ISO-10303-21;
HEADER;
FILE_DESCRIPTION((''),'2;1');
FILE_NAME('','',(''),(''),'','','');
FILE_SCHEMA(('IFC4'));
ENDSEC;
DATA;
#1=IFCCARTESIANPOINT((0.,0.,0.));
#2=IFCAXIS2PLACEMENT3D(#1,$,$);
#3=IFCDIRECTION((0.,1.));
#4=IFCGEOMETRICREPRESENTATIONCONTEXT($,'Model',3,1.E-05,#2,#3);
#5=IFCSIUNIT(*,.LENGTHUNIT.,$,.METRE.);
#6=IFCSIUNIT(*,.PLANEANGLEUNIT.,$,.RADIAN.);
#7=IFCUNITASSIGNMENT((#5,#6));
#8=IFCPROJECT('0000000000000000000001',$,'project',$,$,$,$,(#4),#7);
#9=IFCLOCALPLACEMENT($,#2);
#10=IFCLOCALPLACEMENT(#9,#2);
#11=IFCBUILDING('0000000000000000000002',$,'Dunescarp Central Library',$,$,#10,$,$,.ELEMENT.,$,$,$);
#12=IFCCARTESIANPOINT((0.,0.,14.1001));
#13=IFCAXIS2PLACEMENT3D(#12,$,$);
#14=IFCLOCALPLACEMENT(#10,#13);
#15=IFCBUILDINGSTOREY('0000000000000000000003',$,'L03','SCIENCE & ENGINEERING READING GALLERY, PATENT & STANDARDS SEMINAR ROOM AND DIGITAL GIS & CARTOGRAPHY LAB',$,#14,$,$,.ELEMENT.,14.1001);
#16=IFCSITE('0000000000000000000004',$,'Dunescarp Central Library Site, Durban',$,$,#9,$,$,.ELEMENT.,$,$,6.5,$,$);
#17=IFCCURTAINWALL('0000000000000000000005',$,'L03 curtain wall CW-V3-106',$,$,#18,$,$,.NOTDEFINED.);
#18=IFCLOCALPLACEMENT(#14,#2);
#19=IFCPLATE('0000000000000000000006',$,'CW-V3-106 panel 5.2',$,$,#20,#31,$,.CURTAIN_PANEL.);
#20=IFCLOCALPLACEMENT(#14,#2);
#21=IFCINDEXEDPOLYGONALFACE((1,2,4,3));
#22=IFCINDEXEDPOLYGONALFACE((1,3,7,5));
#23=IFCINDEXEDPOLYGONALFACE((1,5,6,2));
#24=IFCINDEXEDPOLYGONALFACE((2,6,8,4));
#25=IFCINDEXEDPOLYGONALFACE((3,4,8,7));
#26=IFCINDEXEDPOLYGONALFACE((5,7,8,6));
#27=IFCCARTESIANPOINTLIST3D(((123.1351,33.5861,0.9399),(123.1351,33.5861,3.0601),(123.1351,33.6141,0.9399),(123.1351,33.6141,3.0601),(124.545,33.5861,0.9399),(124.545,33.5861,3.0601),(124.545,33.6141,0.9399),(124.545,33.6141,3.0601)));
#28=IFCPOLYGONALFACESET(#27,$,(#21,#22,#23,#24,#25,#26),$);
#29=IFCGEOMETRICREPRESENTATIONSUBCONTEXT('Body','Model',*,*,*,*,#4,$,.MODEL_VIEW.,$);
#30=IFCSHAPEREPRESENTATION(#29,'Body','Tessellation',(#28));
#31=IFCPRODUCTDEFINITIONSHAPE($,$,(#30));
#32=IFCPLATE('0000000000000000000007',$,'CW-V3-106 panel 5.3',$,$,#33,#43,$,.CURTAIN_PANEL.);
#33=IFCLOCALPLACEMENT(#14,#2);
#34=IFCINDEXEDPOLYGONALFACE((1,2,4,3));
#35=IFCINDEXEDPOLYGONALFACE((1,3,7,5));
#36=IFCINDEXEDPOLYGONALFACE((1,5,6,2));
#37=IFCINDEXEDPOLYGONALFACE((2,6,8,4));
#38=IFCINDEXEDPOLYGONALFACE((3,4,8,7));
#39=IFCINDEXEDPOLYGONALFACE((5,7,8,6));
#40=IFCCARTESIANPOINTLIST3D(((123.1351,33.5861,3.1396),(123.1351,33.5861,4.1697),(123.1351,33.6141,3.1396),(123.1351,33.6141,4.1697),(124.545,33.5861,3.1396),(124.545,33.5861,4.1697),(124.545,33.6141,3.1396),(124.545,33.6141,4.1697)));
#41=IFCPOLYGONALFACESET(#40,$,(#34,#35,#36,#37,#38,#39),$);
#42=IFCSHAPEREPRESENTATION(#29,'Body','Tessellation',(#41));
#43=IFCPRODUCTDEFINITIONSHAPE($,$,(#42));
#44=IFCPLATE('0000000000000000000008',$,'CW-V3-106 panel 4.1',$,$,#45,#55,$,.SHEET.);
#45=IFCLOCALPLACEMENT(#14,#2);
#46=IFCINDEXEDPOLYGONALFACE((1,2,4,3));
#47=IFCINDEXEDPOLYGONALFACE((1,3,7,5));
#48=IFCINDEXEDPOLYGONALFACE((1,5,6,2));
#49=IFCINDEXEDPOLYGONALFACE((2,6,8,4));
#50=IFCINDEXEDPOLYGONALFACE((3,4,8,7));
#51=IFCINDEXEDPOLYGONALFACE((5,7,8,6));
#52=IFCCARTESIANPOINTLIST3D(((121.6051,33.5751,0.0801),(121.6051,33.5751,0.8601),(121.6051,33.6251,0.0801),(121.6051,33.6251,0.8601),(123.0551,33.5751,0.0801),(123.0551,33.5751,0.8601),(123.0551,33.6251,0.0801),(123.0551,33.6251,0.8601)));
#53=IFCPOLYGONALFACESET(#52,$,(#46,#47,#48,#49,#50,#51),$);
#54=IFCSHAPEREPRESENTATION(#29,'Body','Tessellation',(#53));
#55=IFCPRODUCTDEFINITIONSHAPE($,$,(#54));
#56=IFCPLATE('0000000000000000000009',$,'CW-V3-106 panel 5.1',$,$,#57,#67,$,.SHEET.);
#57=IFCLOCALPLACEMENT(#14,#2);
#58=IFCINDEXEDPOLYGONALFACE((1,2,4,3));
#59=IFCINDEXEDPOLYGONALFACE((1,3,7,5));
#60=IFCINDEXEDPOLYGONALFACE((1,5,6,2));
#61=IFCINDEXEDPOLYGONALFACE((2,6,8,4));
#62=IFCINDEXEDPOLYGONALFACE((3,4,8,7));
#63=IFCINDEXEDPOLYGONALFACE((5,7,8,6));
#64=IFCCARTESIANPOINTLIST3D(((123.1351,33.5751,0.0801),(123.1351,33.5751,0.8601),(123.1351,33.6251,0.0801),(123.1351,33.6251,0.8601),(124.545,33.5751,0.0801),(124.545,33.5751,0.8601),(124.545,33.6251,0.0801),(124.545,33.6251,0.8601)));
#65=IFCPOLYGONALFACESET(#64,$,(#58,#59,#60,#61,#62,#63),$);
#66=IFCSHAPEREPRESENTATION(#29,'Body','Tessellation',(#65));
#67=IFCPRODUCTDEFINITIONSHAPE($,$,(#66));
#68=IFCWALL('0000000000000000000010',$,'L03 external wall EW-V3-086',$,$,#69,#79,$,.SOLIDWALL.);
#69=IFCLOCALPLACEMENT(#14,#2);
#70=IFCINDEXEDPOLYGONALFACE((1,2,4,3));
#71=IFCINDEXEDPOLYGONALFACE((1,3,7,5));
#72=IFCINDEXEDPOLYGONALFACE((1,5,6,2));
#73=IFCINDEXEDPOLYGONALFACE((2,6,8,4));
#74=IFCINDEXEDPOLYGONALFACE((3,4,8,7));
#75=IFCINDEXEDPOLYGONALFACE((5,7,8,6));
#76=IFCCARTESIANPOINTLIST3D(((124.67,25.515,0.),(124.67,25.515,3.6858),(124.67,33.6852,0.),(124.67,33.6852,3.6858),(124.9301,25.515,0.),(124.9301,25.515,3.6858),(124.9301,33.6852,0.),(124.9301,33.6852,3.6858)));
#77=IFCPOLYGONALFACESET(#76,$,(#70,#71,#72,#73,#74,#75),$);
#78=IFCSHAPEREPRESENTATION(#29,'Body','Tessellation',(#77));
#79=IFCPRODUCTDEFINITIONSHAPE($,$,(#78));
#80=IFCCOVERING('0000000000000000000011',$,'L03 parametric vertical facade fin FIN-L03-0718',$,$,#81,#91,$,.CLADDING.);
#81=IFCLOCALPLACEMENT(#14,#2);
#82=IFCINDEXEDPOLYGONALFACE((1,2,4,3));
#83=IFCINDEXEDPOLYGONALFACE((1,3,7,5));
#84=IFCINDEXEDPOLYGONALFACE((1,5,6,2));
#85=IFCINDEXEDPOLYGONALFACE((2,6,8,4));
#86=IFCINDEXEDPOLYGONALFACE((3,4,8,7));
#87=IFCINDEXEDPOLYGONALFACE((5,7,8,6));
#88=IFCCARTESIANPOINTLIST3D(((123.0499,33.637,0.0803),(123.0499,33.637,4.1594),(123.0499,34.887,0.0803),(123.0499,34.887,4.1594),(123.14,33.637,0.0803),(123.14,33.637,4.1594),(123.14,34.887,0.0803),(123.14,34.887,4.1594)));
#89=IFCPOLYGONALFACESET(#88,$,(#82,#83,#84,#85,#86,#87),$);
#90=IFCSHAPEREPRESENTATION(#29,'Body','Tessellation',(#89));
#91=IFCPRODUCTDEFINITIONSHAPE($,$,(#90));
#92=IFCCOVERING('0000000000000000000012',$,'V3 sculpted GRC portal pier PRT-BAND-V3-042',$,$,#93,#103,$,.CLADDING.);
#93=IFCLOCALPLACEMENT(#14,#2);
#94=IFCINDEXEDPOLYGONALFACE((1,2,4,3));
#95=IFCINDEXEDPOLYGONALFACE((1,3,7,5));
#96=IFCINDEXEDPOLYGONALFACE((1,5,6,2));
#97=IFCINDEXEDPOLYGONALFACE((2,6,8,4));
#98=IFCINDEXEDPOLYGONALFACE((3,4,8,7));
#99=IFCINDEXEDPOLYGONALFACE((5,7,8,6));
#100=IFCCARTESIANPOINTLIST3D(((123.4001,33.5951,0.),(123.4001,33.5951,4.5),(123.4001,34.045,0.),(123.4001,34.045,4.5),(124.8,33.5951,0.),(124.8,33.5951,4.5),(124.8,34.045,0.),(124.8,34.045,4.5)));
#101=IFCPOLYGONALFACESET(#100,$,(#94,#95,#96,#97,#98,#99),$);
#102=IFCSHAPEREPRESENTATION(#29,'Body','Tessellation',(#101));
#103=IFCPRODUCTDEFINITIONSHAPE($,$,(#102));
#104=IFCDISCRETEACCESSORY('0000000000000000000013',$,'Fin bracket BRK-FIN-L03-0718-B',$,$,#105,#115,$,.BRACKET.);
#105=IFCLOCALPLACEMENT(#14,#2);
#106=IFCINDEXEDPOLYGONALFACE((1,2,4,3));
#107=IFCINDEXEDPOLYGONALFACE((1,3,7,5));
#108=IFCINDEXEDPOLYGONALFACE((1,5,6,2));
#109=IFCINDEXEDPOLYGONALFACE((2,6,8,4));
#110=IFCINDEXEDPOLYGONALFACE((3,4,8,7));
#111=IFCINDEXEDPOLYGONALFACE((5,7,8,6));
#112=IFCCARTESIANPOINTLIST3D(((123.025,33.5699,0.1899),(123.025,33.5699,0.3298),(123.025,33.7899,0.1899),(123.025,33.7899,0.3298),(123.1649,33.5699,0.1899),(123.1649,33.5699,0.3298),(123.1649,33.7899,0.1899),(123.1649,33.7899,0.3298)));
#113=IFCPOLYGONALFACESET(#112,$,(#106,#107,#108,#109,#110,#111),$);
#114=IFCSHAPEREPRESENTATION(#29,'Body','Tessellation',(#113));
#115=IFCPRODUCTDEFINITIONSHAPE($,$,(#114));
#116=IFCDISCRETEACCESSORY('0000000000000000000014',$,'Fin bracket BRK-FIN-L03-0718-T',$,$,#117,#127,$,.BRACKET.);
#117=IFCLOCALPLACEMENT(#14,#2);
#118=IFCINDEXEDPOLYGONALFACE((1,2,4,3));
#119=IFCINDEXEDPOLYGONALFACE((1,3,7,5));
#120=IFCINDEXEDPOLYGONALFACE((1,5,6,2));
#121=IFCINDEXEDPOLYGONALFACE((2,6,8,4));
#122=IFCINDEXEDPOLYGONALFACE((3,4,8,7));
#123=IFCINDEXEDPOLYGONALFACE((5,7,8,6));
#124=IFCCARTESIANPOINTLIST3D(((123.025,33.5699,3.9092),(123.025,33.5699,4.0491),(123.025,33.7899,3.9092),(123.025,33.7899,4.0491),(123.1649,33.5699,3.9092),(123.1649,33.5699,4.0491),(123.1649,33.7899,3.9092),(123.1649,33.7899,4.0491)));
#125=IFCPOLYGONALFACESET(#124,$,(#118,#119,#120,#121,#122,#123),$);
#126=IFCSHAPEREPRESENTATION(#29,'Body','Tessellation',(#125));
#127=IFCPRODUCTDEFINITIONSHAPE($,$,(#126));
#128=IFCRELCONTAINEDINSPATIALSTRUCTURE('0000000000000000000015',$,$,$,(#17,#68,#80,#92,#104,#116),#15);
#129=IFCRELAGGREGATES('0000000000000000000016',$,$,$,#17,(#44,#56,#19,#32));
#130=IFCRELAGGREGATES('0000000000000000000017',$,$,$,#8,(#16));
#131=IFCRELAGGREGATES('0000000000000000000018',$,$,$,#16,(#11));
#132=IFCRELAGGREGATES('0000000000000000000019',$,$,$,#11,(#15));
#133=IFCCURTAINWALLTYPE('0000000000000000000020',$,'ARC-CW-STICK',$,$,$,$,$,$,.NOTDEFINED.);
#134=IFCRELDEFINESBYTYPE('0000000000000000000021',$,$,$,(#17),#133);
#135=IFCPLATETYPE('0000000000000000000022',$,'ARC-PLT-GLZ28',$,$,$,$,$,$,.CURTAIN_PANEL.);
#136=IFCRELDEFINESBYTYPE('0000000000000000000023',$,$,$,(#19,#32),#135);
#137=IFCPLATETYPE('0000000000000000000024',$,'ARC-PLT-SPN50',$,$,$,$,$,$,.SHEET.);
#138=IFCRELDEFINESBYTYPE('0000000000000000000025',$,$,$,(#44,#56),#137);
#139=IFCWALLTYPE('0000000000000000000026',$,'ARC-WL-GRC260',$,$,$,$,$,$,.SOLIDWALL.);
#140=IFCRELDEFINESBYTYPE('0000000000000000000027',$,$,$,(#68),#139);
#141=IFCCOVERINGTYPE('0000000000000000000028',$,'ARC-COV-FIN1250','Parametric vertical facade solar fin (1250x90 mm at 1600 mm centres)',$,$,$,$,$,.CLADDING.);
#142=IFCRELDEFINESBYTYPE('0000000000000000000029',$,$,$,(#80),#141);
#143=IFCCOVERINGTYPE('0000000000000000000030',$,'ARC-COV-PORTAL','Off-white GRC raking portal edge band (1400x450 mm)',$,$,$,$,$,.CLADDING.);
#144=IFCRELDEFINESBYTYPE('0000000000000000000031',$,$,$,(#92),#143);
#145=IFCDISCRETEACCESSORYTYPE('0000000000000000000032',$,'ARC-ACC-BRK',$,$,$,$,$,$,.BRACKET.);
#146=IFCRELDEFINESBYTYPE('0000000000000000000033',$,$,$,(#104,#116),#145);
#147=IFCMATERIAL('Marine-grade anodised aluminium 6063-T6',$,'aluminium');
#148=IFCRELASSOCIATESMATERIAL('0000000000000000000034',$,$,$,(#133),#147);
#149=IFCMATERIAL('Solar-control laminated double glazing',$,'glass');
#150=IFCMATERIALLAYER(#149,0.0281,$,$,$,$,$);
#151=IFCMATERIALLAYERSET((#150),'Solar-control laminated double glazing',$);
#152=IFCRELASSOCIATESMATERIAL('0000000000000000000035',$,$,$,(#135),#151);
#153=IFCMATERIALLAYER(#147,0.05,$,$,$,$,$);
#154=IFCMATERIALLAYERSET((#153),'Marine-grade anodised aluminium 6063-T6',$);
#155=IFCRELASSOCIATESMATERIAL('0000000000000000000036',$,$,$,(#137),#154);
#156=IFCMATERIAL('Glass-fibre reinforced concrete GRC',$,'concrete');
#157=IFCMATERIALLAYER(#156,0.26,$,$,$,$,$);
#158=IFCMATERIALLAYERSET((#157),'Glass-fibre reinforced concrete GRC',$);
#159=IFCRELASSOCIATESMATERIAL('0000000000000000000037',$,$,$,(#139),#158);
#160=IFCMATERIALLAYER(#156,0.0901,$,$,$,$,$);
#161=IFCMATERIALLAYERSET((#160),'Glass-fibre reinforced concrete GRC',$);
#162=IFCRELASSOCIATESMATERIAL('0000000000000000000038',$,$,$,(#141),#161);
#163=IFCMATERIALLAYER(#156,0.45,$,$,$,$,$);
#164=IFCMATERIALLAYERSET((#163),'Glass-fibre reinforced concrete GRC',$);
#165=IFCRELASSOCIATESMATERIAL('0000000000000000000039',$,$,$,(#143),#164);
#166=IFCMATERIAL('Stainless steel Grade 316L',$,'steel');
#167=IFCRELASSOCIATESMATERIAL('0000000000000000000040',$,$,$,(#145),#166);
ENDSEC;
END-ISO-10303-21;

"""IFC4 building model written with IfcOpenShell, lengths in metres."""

from ifc_helpers import new_model, si_unit, direction, frame, frame_2d, origin, origin_2d, place, context, subcontext, project, spatial, rectangle, extrude, material, layer, layer_set, type_object, element, aggregate, save


model = new_model("IFC4")

# Units and contexts
model_context = context("Model", 3, precision=1e-05, world=origin(), true_north=direction((0.0, 1.0)))
body_context = subcontext(model_context, "Body", "Model", "MODEL_VIEW")
ifc_project = project(units=[si_unit("LENGTHUNIT", "METRE"), si_unit("PLANEANGLEUNIT", "RADIAN")], contexts=[model_context])

# Site, building, storey
site_placement = place(None, origin())
site = spatial("IfcSite", under=ifc_project, at=site_placement, Name="Dunescarp Central Library Site, Durban", CompositionType="ELEMENT", RefElevation=6.5)
building_placement = place(site_placement, origin())
building = spatial("IfcBuilding", under=site, at=building_placement, Name="Dunescarp Central Library", CompositionType="ELEMENT")
storey_placement = place(building_placement, frame((0.0, 0.0, 14.1001)))
storey = spatial("IfcBuildingStorey", under=building, at=storey_placement, Name="L03", Description="SCIENCE & ENGINEERING READING GALLERY, PATENT & STANDARDS SEMINAR ROOM AND DIGITAL GIS & CARTOGRAPHY LAB", CompositionType="ELEMENT", Elevation=14.1001)

# Curtain wall, plates
ifc_material_1 = material(Name="Marine-grade anodised aluminium 6063-T6", Category="aluminium")
curtain_wall_type = type_object("IfcCurtainWallType", Name="ARC-CW-STICK", PredefinedType="NOTDEFINED", material=ifc_material_1)
curtain_wall_placement = place(storey_placement, origin())
curtain_wall = element("IfcCurtainWall", 1, at=curtain_wall_placement, inside=storey, type_object=curtain_wall_type, Name="L03 curtain wall CW-V3-106", PredefinedType="NOTDEFINED")
ifc_material_2 = material(Name="Solar-control laminated double glazing", Category="glass")
ifc_layer_1 = layer(ifc_material_2, 0.0281)
ifc_layer_set_1 = layer_set([ifc_layer_1], Name="Solar-control laminated double glazing")
plate_type_1 = type_object("IfcPlateType", Name="ARC-PLT-GLZ28", PredefinedType="CURTAIN_PANEL", material=ifc_layer_set_1)
plate_1_placement = place(storey_placement, frame((123.8401, 33.6001, 0.9399), z_axis=(0.0, 0.0, 1.0), x_axis=(1.0, 0.0, 0.0)))
plate_1 = element("IfcPlate", 2, at=plate_1_placement, type_object=plate_type_1, Name="CW-V3-106 panel 5.2", PredefinedType="CURTAIN_PANEL", context=body_context, shape_type="SweptSolid", body=[
    extrude(rectangle(XDim=1.4099, YDim=0.0281, at=origin_2d()), origin(), (0.0, 0.0, 1.0), 2.1201),
])
plate_2_placement = place(storey_placement, frame((123.8401, 33.6001, 3.1396), z_axis=(0.0, 0.0, 1.0), x_axis=(1.0, 0.0, 0.0)))
plate_2 = element("IfcPlate", 3, at=plate_2_placement, type_object=plate_type_1, Name="CW-V3-106 panel 5.3", PredefinedType="CURTAIN_PANEL", context=body_context, shape_type="SweptSolid", body=[
    extrude(rectangle(XDim=1.4099, YDim=0.0281, at=origin_2d()), origin(), (0.0, 0.0, 1.0), 1.03),
])
ifc_layer_2 = layer(ifc_material_1, 0.05)
ifc_layer_set_2 = layer_set([ifc_layer_2], Name="Marine-grade anodised aluminium 6063-T6")
plate_type_2 = type_object("IfcPlateType", Name="ARC-PLT-SPN50", PredefinedType="SHEET", material=ifc_layer_set_2)
plate_3_placement = place(storey_placement, frame((122.3301, 33.6001, 0.0801), z_axis=(0.0, 0.0, 1.0), x_axis=(1.0, 0.0, 0.0)))
plate_3 = element("IfcPlate", 4, at=plate_3_placement, type_object=plate_type_2, Name="CW-V3-106 panel 4.1", PredefinedType="SHEET", context=body_context, shape_type="SweptSolid", body=[
    extrude(rectangle(XDim=1.45, YDim=0.05, at=origin_2d()), origin(), (0.0, 0.0, 1.0), 0.78),
])
plate_4_placement = place(storey_placement, frame((123.8401, 33.6001, 0.0801), z_axis=(0.0, 0.0, 1.0), x_axis=(1.0, 0.0, 0.0)))
plate_4 = element("IfcPlate", 5, at=plate_4_placement, type_object=plate_type_2, Name="CW-V3-106 panel 5.1", PredefinedType="SHEET", context=body_context, shape_type="SweptSolid", body=[
    extrude(rectangle(XDim=1.4099, YDim=0.05, at=origin_2d()), origin(), (0.0, 0.0, 1.0), 0.78),
])
aggregate(curtain_wall, [plate_3, plate_4, plate_1, plate_2])

# Wall
ifc_material_3 = material(Name="Glass-fibre reinforced concrete GRC", Category="concrete")
ifc_layer_3 = layer(ifc_material_3, 0.26)
ifc_layer_set_3 = layer_set([ifc_layer_3], Name="Glass-fibre reinforced concrete GRC")
wall_type = type_object("IfcWallType", Name="ARC-WL-GRC260", PredefinedType="SOLIDWALL", material=ifc_layer_set_3)
wall_placement = place(storey_placement, frame((124.8, 33.6851, 0.0), z_axis=(0.0, 0.0, 1.0), x_axis=(0.0, -1.0, 0.0)))
element("IfcWall", 6, at=wall_placement, inside=storey, type_object=wall_type, Name="L03 external wall EW-V3-086", PredefinedType="SOLIDWALL", context=body_context, shape_type="SweptSolid", body=[
    extrude(rectangle(XDim=8.1702, YDim=0.26, at=frame_2d((4.085, 0.0))), origin(), (0.0, 0.0, 1.0), 3.6858),
])

# Coverings
ifc_layer_4 = layer(ifc_material_3, 0.0901)
ifc_layer_set_4 = layer_set([ifc_layer_4], Name="Glass-fibre reinforced concrete GRC")
covering_type_1 = type_object("IfcCoveringType", Name="ARC-COV-FIN1250", Description="Parametric vertical facade solar fin (1250x90 mm at 1600 mm centres)", PredefinedType="CLADDING", material=ifc_layer_set_4)
covering_1_placement = place(storey_placement, frame((123.095, 34.262, 0.0803), z_axis=(0.0, 0.0, 1.0), x_axis=(0.0, 1.0, 0.0)))
element("IfcCovering", 7, at=covering_1_placement, inside=storey, type_object=covering_type_1, Name="L03 parametric vertical facade fin FIN-L03-0718", PredefinedType="CLADDING", context=body_context, shape_type="SweptSolid", body=[
    extrude(rectangle(XDim=1.25, YDim=0.0901, at=origin_2d()), origin(), (0.0, 0.0, 1.0), 4.0791),
])
ifc_layer_5 = layer(ifc_material_3, 0.45)
ifc_layer_set_5 = layer_set([ifc_layer_5], Name="Glass-fibre reinforced concrete GRC")
covering_type_2 = type_object("IfcCoveringType", Name="ARC-COV-PORTAL", Description="Off-white GRC raking portal edge band (1400x450 mm)", PredefinedType="CLADDING", material=ifc_layer_set_5)
covering_2_placement = place(storey_placement, frame((124.1001, 33.8201, 0.0), z_axis=(0.0, 0.0, 1.0), x_axis=(1.0, 0.0, 0.0)))
element("IfcCovering", 8, at=covering_2_placement, inside=storey, type_object=covering_type_2, Name="V3 sculpted GRC portal pier PRT-BAND-V3-042", PredefinedType="CLADDING", context=body_context, shape_type="SweptSolid", body=[
    extrude(rectangle(XDim=1.3999, YDim=0.45, at=origin_2d()), origin(), (0.0, 0.0, 1.0), 4.5),
])

# Discrete accessories
ifc_material_4 = material(Name="Stainless steel Grade 316L", Category="steel")
discrete_accessory_type = type_object("IfcDiscreteAccessoryType", Name="ARC-ACC-BRK", PredefinedType="BRACKET", material=ifc_material_4)
for number, where, z_axis, x_axis, name in (
    (9, (123.095, 33.6799, 0.1899), (0.0, 0.0, 1.0), (0.0, 1.0, 0.0), "Fin bracket BRK-FIN-L03-0718-B"),
    (10, (123.095, 33.6799, 3.9092), (0.0, 0.0, 1.0), (0.0, 1.0, 0.0), "Fin bracket BRK-FIN-L03-0718-T"),
):
    element("IfcDiscreteAccessory", number, at=place(storey_placement, frame(where, z_axis=z_axis, x_axis=x_axis)), inside=storey, type_object=discrete_accessory_type, Name=name, PredefinedType="BRACKET", context=body_context, shape_type="SweptSolid", body=[
        extrude(rectangle(XDim=0.22, YDim=0.1399, at=origin_2d()), origin(), (0.0, 0.0, 1.0), 0.1399),
    ])

save(model, "model.ifc")
